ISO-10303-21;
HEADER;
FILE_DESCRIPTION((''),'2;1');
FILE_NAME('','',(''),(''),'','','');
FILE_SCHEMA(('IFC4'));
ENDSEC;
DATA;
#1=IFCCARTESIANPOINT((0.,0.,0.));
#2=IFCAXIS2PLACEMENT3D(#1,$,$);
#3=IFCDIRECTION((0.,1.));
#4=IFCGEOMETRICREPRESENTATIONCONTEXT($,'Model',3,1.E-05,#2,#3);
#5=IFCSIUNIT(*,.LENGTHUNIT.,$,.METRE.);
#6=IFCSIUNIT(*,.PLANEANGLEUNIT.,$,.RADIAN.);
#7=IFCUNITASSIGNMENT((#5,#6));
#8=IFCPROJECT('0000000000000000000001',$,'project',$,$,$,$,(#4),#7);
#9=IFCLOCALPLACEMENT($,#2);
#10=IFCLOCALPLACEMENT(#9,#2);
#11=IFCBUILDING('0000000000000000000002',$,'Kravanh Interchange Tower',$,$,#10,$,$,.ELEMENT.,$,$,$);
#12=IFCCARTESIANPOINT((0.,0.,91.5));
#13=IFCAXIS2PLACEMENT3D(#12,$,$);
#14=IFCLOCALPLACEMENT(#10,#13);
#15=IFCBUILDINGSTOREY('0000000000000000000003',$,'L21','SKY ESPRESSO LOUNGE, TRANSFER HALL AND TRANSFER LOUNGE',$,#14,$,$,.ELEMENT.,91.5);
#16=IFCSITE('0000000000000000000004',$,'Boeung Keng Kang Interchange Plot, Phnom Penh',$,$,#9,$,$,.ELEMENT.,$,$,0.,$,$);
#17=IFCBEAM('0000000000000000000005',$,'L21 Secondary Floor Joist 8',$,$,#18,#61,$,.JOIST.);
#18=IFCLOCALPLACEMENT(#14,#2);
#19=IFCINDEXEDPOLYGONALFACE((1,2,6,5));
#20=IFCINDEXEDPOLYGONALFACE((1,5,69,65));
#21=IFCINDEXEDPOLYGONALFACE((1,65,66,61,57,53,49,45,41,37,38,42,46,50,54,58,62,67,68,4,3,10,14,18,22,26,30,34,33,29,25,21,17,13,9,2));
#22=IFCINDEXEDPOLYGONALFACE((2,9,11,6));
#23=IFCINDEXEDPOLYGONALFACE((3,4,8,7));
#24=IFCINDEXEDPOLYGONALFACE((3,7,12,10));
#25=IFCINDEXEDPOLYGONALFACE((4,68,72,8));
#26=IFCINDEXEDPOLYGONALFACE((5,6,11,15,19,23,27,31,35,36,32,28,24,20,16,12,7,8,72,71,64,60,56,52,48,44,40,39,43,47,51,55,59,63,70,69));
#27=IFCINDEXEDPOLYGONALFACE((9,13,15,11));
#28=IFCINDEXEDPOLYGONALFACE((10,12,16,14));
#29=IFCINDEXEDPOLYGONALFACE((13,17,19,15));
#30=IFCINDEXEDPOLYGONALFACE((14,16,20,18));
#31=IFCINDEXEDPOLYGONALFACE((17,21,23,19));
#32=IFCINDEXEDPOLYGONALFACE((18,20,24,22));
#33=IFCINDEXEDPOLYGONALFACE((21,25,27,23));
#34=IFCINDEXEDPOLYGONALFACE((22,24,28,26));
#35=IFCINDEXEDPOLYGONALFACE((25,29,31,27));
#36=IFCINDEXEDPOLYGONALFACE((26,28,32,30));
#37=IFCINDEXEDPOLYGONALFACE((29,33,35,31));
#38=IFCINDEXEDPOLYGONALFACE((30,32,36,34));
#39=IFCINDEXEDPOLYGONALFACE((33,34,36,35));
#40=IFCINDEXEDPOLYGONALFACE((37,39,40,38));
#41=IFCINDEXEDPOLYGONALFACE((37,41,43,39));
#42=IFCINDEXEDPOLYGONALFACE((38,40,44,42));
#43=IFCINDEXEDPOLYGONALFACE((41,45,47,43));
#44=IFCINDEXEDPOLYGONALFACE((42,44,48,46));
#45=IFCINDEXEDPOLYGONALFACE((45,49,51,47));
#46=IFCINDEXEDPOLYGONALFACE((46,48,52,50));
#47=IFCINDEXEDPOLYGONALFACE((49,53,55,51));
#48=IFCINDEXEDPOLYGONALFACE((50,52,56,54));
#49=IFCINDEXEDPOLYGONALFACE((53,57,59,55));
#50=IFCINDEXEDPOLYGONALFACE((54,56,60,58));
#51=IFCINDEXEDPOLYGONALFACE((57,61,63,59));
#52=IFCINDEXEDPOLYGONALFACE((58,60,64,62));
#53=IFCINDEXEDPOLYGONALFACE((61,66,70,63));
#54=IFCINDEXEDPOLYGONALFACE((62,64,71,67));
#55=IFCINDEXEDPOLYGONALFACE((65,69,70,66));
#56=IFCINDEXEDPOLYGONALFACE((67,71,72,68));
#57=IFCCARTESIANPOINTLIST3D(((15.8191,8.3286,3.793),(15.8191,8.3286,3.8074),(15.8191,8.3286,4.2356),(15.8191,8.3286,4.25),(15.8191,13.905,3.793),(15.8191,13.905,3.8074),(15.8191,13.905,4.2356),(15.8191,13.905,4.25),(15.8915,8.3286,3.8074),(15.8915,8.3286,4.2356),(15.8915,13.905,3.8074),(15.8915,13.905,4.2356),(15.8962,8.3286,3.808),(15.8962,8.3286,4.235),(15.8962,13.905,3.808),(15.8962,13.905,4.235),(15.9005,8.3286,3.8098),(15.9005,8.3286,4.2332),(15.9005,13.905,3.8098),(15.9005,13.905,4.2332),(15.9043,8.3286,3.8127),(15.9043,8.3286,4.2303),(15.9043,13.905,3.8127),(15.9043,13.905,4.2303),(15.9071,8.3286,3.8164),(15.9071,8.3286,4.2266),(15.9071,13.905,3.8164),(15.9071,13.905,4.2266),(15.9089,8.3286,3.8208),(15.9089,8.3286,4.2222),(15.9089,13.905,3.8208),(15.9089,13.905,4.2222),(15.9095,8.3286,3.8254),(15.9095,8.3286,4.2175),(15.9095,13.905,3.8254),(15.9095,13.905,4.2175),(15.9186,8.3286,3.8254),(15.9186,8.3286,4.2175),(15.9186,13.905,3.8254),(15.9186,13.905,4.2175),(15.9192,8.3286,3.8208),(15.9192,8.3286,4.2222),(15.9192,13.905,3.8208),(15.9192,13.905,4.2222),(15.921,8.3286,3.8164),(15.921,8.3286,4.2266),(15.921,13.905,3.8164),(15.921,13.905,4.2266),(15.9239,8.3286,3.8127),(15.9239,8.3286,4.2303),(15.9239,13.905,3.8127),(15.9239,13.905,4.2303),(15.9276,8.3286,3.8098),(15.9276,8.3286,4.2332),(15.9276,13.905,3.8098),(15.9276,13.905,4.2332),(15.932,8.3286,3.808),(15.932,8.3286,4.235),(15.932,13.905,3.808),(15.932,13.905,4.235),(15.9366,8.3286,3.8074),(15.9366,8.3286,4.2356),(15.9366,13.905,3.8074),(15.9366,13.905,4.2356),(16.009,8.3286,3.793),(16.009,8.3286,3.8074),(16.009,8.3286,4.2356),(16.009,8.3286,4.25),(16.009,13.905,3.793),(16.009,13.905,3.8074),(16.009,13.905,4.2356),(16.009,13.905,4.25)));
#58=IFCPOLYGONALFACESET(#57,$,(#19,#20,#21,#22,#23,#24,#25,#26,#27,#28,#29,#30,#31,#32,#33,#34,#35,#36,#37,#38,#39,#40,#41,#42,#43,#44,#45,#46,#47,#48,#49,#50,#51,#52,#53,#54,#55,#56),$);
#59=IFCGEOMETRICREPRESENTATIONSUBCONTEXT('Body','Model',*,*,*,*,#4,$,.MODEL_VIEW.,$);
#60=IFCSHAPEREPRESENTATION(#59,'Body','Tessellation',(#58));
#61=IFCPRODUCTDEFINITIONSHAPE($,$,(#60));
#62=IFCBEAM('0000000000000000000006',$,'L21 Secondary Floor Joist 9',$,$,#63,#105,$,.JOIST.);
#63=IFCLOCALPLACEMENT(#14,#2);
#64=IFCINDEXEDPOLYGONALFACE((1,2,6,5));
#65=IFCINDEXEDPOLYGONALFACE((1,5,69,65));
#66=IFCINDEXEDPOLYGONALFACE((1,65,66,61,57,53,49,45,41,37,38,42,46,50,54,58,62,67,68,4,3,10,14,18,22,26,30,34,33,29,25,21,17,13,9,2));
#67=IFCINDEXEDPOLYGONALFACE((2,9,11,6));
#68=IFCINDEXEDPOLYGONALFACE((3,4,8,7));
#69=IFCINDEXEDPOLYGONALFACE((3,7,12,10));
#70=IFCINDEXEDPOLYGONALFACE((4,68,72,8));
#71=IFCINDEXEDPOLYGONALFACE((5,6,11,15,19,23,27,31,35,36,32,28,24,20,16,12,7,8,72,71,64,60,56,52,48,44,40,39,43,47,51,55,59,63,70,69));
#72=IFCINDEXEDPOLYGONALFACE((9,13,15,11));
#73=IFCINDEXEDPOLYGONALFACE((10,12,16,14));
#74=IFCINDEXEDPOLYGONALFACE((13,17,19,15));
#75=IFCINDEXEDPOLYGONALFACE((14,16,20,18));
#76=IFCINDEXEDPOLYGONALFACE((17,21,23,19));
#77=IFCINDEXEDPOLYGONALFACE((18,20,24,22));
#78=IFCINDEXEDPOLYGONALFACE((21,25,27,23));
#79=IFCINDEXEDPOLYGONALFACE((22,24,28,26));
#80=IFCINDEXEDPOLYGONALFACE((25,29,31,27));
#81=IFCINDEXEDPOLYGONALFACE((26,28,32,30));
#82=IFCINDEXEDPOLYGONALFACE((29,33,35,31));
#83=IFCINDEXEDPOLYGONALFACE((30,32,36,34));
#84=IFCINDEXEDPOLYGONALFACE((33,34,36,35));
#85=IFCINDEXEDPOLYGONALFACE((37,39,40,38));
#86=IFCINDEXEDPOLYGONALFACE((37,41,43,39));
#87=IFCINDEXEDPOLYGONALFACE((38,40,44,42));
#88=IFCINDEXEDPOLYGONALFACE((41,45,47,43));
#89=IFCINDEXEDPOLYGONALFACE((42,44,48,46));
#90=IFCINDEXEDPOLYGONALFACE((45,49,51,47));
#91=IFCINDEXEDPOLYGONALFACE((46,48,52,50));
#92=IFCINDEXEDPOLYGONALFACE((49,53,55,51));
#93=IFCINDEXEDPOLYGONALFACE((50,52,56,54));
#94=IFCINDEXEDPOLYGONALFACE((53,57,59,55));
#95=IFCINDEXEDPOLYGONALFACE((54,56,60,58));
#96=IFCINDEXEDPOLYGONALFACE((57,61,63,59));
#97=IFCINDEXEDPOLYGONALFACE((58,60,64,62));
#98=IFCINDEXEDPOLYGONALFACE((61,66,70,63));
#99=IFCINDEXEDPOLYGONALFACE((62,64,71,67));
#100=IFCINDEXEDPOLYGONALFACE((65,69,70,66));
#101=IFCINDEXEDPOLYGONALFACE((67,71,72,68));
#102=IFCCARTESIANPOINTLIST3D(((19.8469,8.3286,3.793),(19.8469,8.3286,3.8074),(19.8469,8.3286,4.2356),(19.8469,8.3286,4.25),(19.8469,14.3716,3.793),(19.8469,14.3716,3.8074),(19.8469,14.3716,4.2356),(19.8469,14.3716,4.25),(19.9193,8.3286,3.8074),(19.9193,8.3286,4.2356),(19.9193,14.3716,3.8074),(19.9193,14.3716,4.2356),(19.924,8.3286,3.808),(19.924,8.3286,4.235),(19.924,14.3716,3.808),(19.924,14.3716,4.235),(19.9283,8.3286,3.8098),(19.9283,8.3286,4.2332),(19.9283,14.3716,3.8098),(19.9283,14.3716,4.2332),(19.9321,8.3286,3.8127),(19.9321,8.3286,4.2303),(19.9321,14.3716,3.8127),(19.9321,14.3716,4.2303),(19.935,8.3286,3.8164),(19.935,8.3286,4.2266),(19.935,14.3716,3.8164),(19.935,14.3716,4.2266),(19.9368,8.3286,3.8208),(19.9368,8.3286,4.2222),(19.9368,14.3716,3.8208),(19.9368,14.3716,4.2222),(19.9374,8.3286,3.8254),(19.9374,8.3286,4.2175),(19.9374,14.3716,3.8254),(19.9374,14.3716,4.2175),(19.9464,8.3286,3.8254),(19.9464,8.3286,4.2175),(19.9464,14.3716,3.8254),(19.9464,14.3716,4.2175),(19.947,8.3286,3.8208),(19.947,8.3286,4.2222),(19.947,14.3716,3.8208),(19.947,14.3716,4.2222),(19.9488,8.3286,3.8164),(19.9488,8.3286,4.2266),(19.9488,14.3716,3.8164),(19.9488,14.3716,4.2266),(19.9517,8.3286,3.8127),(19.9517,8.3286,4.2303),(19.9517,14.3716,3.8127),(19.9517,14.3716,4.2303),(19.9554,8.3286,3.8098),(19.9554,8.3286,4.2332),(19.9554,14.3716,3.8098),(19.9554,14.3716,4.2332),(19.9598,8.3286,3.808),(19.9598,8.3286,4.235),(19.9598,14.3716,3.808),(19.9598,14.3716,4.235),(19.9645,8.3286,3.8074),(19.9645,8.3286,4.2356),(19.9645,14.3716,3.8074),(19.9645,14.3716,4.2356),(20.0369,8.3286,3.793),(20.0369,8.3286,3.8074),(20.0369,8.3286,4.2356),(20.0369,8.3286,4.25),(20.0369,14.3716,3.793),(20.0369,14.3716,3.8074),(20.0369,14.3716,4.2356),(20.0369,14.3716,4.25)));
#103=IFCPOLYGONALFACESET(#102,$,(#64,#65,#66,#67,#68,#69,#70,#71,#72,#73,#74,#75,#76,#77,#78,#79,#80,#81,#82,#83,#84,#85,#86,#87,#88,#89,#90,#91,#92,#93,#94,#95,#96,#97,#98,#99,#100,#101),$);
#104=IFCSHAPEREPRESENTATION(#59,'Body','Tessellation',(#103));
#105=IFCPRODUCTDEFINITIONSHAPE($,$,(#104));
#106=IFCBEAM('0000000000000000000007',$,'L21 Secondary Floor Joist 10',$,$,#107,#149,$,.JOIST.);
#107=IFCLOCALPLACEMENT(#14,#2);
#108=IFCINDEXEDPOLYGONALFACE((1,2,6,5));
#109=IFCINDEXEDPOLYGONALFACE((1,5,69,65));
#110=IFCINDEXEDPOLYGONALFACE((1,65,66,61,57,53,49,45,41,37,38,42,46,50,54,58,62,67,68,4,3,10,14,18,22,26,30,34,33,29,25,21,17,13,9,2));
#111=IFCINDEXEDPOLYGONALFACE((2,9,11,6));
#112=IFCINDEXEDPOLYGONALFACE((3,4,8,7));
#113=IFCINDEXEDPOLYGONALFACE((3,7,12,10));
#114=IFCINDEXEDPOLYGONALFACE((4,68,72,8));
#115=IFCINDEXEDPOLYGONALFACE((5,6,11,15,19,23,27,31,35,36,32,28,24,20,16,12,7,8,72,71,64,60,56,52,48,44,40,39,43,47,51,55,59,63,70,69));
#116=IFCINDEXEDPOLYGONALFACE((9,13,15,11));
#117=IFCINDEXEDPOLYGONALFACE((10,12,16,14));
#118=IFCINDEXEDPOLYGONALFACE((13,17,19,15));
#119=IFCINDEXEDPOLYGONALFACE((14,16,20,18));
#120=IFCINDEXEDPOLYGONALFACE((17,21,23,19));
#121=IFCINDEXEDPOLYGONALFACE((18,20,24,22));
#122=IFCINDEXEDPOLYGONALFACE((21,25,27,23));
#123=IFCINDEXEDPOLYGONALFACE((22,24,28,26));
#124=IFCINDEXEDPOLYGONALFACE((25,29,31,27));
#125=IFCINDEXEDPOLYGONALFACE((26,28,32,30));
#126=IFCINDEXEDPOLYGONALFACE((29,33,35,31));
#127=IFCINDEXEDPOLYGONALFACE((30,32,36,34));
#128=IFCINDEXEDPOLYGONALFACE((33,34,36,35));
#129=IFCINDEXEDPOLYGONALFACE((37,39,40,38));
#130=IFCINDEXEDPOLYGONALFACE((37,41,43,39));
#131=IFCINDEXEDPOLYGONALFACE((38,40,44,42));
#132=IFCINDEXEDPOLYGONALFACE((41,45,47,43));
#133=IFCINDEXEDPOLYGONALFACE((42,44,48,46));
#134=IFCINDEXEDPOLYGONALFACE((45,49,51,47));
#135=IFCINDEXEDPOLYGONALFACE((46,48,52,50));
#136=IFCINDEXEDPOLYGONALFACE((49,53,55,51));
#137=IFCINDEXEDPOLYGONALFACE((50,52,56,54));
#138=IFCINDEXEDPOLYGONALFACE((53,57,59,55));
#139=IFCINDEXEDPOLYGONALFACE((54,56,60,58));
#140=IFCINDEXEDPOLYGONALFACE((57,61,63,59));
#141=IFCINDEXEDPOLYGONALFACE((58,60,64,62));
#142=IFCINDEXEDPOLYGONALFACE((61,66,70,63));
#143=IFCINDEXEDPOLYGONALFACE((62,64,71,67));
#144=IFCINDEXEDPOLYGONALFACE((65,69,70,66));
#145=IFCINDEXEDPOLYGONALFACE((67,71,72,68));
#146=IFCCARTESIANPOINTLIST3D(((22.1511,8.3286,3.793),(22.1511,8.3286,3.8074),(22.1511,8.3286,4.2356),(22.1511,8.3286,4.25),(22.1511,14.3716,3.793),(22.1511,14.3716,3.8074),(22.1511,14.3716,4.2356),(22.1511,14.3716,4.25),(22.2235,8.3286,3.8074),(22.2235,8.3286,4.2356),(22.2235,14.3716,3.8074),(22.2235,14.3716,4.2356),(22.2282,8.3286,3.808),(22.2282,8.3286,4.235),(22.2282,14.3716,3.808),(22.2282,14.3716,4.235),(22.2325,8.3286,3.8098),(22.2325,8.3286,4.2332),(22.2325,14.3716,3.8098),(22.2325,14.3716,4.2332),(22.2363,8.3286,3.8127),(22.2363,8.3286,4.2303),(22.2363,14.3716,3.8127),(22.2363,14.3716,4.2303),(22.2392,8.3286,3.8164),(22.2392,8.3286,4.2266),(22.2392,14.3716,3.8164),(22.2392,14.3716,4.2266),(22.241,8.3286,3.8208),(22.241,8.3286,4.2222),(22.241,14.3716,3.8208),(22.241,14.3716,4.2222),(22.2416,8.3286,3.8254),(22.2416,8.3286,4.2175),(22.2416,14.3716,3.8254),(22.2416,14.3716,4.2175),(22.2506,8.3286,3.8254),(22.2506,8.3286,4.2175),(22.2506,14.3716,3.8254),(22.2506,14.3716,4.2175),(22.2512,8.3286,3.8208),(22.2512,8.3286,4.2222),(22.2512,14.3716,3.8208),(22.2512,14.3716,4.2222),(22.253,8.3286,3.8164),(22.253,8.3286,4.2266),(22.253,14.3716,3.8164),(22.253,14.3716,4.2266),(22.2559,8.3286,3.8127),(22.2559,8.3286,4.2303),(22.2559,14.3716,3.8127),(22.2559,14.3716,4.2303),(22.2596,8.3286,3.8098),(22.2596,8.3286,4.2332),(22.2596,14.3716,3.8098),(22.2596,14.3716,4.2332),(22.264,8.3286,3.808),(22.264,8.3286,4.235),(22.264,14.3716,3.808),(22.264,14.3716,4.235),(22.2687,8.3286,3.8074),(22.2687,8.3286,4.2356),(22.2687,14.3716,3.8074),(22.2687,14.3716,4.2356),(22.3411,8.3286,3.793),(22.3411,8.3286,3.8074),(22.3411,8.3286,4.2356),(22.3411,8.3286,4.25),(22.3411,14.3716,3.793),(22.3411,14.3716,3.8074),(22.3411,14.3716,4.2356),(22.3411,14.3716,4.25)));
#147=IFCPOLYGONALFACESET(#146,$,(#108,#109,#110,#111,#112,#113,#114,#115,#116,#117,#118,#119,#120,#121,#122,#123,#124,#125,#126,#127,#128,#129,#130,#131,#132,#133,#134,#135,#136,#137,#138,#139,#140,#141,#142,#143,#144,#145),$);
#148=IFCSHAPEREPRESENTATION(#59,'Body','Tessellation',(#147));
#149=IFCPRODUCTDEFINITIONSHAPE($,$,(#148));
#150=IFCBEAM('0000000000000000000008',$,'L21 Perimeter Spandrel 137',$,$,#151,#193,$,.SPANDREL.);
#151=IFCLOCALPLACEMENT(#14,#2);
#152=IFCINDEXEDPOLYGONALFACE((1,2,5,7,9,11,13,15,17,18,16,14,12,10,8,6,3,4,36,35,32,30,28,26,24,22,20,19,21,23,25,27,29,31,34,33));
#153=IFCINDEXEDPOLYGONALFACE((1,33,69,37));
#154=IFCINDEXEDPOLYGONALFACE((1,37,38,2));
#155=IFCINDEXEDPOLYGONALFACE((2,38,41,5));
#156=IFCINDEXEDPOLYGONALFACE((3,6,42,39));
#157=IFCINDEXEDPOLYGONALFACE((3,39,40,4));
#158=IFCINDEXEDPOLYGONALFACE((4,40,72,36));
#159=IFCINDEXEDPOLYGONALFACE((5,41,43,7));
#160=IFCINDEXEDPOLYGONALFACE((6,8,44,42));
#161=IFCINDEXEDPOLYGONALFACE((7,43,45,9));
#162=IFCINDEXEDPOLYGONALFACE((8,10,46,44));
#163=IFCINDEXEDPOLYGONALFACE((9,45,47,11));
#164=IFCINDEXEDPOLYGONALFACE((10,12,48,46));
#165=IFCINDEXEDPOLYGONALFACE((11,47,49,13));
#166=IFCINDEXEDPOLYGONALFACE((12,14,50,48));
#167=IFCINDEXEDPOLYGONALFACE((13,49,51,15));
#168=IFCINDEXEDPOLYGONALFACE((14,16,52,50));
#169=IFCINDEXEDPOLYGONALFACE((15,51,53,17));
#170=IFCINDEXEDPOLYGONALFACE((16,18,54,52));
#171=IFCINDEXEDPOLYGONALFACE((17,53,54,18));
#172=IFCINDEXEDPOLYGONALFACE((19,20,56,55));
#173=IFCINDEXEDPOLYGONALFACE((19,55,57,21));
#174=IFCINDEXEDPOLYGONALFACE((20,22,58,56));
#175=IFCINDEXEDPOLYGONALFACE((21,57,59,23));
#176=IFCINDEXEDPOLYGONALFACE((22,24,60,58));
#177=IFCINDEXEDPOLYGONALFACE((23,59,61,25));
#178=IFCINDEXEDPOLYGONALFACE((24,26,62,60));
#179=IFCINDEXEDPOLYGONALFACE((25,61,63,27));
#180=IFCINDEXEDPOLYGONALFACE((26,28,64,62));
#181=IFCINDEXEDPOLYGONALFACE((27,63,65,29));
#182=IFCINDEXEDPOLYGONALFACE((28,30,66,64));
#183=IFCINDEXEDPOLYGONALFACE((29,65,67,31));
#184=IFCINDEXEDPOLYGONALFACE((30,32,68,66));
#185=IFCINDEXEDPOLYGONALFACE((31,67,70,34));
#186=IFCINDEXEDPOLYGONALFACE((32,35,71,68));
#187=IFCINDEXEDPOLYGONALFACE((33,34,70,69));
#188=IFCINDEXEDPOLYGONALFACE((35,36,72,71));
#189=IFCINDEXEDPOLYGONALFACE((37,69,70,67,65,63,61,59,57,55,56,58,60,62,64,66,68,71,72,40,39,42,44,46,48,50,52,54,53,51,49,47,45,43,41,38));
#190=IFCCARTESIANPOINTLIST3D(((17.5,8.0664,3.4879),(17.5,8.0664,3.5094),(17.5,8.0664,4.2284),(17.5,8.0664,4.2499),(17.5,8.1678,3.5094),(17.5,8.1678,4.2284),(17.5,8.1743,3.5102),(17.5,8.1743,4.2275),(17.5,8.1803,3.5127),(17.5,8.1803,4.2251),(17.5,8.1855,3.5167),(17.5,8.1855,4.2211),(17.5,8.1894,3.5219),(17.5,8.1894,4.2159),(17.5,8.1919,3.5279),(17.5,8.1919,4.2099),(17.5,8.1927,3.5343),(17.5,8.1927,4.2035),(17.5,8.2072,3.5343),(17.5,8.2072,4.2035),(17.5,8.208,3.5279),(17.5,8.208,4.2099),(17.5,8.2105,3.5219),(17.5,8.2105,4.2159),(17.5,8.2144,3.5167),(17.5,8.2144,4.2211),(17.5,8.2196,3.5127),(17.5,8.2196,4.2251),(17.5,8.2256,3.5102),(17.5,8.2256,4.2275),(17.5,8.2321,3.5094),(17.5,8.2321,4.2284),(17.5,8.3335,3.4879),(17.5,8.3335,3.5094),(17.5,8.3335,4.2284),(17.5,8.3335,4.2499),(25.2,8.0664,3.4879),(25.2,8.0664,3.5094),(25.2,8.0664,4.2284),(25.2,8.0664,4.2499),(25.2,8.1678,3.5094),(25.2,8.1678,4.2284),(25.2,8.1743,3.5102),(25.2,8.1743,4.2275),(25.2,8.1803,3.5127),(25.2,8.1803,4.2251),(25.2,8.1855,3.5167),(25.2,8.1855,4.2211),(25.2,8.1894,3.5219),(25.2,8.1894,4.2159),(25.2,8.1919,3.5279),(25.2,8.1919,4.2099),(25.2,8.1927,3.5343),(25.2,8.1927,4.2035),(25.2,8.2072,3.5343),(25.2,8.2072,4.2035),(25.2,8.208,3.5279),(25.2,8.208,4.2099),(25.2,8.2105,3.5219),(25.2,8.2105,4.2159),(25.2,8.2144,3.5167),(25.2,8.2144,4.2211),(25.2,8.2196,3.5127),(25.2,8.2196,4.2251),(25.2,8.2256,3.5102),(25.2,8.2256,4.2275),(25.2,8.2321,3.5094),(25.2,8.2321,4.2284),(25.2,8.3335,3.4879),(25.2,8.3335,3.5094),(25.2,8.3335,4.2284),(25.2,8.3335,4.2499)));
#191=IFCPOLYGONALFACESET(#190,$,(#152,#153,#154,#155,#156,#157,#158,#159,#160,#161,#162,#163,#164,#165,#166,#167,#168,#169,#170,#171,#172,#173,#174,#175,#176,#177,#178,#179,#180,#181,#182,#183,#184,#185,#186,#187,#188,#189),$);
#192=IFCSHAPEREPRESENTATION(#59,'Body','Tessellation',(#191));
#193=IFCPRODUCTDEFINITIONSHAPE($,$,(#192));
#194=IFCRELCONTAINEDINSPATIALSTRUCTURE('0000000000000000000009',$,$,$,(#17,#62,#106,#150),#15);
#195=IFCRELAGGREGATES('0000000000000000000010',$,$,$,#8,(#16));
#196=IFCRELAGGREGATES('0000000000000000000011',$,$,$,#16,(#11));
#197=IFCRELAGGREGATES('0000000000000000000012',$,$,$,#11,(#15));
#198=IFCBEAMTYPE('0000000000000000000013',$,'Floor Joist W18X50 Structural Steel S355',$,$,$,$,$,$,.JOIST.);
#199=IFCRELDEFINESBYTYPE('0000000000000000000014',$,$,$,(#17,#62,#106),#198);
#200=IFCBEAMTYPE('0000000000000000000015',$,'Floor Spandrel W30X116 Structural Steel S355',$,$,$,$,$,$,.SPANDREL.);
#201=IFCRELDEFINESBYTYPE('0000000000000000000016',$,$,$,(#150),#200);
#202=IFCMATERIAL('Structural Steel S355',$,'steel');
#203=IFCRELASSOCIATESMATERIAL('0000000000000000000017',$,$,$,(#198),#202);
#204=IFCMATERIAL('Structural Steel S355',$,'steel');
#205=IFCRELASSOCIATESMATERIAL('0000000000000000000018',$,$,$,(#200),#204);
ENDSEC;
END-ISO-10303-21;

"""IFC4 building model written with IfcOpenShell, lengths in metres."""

from ifc_helpers import new_model, si_unit, direction, frame, origin, origin_2d, place, context, subcontext, project, spatial, i_section, extrude, material, material_profile, profile_set, type_object, element, save


model = new_model("IFC4")

# Units and contexts
model_context = context("Model", 3, precision=1e-05, world=origin(), true_north=direction((0.0, 1.0)))
body_context = subcontext(model_context, "Body", "Model", "MODEL_VIEW")
ifc_project = project(units=[si_unit("LENGTHUNIT", "METRE"), si_unit("PLANEANGLEUNIT", "RADIAN")], contexts=[model_context])

# Site, building, storey
site_placement = place(None, origin())
site = spatial("IfcSite", under=ifc_project, at=site_placement, Name="Boeung Keng Kang Interchange Plot, Phnom Penh", CompositionType="ELEMENT", RefElevation=0.0)
building_placement = place(site_placement, origin())
building = spatial("IfcBuilding", under=site, at=building_placement, Name="Kravanh Interchange Tower", CompositionType="ELEMENT")
storey_placement = place(building_placement, frame((0.0, 0.0, 91.5)))
storey = spatial("IfcBuildingStorey", under=building, at=storey_placement, Name="L21", Description="SKY ESPRESSO LOUNGE, TRANSFER HALL AND TRANSFER LOUNGE", CompositionType="ELEMENT", Elevation=91.5)

# Beams
ifc_material_1 = material(Name="Structural Steel S355", Category="steel")
ifc_material_profile_1 = material_profile(ifc_material_1, i_section(OverallWidth=0.1899, OverallDepth=0.457, WebThickness=0.009, FlangeThickness=0.0144, FilletRadius=0.0181, at=origin_2d()), Name="W18X50")
ifc_profile_set_1 = profile_set([ifc_material_profile_1], Name="Structural Steel S355")
beam_type_1 = type_object("IfcBeamType", Name="Floor Joist W18X50 Structural Steel S355", PredefinedType="JOIST", material=ifc_profile_set_1)
beam_1_placement = place(storey_placement, frame((15.9141, 8.3286, 4.0215), z_axis=(0.0, 1.0, 0.0), x_axis=(-1.0, 0.0, 0.0)))
element("IfcBeam", 1, at=beam_1_placement, inside=storey, type_object=beam_type_1, Name="L21 Secondary Floor Joist 8", PredefinedType="JOIST", context=body_context, shape_type="SweptSolid", body=[
    extrude(i_section(OverallWidth=0.1899, OverallDepth=0.457, WebThickness=0.009, FlangeThickness=0.0144, FilletRadius=0.0181, at=origin_2d()), origin(), (0.0, 0.0, 1.0), 5.5764),
])
for number, where, z_axis, x_axis, name in (
    (2, (19.9419, 8.3286, 4.0215), (0.0, 1.0, 0.0), (-1.0, 0.0, 0.0), "L21 Secondary Floor Joist 9"),
    (3, (22.2461, 8.3286, 4.0215), (0.0, 1.0, 0.0), (-1.0, 0.0, 0.0), "L21 Secondary Floor Joist 10"),
):
    element("IfcBeam", number, at=place(storey_placement, frame(where, z_axis=z_axis, x_axis=x_axis)), inside=storey, type_object=beam_type_1, Name=name, PredefinedType="JOIST", context=body_context, shape_type="SweptSolid", body=[
        extrude(i_section(OverallWidth=0.1899, OverallDepth=0.457, WebThickness=0.009, FlangeThickness=0.0144, FilletRadius=0.0181, at=origin_2d()), origin(), (0.0, 0.0, 1.0), 6.043),
    ])
ifc_material_2 = material(Name="Structural Steel S355", Category="steel")
ifc_material_profile_2 = material_profile(ifc_material_2, i_section(OverallWidth=0.2671, OverallDepth=0.762, WebThickness=0.0144, FlangeThickness=0.0215, FilletRadius=0.0249, at=origin_2d()), Name="W30X116")
ifc_profile_set_2 = profile_set([ifc_material_profile_2], Name="Structural Steel S355")
beam_type_2 = type_object("IfcBeamType", Name="Floor Spandrel W30X116 Structural Steel S355", PredefinedType="SPANDREL", material=ifc_profile_set_2)
beam_2_placement = place(storey_placement, frame((17.5, 8.2, 3.8689), z_axis=(1.0, 0.0, 0.0), x_axis=(0.0, 1.0, 0.0)))
element("IfcBeam", 4, at=beam_2_placement, inside=storey, type_object=beam_type_2, Name="L21 Perimeter Spandrel 137", PredefinedType="SPANDREL", context=body_context, shape_type="SweptSolid", body=[
    extrude(i_section(OverallWidth=0.2671, OverallDepth=0.762, WebThickness=0.0144, FlangeThickness=0.0215, FilletRadius=0.0249, at=origin_2d()), origin(), (0.0, 0.0, 1.0), 7.7),
])

save(model, "model.ifc")
